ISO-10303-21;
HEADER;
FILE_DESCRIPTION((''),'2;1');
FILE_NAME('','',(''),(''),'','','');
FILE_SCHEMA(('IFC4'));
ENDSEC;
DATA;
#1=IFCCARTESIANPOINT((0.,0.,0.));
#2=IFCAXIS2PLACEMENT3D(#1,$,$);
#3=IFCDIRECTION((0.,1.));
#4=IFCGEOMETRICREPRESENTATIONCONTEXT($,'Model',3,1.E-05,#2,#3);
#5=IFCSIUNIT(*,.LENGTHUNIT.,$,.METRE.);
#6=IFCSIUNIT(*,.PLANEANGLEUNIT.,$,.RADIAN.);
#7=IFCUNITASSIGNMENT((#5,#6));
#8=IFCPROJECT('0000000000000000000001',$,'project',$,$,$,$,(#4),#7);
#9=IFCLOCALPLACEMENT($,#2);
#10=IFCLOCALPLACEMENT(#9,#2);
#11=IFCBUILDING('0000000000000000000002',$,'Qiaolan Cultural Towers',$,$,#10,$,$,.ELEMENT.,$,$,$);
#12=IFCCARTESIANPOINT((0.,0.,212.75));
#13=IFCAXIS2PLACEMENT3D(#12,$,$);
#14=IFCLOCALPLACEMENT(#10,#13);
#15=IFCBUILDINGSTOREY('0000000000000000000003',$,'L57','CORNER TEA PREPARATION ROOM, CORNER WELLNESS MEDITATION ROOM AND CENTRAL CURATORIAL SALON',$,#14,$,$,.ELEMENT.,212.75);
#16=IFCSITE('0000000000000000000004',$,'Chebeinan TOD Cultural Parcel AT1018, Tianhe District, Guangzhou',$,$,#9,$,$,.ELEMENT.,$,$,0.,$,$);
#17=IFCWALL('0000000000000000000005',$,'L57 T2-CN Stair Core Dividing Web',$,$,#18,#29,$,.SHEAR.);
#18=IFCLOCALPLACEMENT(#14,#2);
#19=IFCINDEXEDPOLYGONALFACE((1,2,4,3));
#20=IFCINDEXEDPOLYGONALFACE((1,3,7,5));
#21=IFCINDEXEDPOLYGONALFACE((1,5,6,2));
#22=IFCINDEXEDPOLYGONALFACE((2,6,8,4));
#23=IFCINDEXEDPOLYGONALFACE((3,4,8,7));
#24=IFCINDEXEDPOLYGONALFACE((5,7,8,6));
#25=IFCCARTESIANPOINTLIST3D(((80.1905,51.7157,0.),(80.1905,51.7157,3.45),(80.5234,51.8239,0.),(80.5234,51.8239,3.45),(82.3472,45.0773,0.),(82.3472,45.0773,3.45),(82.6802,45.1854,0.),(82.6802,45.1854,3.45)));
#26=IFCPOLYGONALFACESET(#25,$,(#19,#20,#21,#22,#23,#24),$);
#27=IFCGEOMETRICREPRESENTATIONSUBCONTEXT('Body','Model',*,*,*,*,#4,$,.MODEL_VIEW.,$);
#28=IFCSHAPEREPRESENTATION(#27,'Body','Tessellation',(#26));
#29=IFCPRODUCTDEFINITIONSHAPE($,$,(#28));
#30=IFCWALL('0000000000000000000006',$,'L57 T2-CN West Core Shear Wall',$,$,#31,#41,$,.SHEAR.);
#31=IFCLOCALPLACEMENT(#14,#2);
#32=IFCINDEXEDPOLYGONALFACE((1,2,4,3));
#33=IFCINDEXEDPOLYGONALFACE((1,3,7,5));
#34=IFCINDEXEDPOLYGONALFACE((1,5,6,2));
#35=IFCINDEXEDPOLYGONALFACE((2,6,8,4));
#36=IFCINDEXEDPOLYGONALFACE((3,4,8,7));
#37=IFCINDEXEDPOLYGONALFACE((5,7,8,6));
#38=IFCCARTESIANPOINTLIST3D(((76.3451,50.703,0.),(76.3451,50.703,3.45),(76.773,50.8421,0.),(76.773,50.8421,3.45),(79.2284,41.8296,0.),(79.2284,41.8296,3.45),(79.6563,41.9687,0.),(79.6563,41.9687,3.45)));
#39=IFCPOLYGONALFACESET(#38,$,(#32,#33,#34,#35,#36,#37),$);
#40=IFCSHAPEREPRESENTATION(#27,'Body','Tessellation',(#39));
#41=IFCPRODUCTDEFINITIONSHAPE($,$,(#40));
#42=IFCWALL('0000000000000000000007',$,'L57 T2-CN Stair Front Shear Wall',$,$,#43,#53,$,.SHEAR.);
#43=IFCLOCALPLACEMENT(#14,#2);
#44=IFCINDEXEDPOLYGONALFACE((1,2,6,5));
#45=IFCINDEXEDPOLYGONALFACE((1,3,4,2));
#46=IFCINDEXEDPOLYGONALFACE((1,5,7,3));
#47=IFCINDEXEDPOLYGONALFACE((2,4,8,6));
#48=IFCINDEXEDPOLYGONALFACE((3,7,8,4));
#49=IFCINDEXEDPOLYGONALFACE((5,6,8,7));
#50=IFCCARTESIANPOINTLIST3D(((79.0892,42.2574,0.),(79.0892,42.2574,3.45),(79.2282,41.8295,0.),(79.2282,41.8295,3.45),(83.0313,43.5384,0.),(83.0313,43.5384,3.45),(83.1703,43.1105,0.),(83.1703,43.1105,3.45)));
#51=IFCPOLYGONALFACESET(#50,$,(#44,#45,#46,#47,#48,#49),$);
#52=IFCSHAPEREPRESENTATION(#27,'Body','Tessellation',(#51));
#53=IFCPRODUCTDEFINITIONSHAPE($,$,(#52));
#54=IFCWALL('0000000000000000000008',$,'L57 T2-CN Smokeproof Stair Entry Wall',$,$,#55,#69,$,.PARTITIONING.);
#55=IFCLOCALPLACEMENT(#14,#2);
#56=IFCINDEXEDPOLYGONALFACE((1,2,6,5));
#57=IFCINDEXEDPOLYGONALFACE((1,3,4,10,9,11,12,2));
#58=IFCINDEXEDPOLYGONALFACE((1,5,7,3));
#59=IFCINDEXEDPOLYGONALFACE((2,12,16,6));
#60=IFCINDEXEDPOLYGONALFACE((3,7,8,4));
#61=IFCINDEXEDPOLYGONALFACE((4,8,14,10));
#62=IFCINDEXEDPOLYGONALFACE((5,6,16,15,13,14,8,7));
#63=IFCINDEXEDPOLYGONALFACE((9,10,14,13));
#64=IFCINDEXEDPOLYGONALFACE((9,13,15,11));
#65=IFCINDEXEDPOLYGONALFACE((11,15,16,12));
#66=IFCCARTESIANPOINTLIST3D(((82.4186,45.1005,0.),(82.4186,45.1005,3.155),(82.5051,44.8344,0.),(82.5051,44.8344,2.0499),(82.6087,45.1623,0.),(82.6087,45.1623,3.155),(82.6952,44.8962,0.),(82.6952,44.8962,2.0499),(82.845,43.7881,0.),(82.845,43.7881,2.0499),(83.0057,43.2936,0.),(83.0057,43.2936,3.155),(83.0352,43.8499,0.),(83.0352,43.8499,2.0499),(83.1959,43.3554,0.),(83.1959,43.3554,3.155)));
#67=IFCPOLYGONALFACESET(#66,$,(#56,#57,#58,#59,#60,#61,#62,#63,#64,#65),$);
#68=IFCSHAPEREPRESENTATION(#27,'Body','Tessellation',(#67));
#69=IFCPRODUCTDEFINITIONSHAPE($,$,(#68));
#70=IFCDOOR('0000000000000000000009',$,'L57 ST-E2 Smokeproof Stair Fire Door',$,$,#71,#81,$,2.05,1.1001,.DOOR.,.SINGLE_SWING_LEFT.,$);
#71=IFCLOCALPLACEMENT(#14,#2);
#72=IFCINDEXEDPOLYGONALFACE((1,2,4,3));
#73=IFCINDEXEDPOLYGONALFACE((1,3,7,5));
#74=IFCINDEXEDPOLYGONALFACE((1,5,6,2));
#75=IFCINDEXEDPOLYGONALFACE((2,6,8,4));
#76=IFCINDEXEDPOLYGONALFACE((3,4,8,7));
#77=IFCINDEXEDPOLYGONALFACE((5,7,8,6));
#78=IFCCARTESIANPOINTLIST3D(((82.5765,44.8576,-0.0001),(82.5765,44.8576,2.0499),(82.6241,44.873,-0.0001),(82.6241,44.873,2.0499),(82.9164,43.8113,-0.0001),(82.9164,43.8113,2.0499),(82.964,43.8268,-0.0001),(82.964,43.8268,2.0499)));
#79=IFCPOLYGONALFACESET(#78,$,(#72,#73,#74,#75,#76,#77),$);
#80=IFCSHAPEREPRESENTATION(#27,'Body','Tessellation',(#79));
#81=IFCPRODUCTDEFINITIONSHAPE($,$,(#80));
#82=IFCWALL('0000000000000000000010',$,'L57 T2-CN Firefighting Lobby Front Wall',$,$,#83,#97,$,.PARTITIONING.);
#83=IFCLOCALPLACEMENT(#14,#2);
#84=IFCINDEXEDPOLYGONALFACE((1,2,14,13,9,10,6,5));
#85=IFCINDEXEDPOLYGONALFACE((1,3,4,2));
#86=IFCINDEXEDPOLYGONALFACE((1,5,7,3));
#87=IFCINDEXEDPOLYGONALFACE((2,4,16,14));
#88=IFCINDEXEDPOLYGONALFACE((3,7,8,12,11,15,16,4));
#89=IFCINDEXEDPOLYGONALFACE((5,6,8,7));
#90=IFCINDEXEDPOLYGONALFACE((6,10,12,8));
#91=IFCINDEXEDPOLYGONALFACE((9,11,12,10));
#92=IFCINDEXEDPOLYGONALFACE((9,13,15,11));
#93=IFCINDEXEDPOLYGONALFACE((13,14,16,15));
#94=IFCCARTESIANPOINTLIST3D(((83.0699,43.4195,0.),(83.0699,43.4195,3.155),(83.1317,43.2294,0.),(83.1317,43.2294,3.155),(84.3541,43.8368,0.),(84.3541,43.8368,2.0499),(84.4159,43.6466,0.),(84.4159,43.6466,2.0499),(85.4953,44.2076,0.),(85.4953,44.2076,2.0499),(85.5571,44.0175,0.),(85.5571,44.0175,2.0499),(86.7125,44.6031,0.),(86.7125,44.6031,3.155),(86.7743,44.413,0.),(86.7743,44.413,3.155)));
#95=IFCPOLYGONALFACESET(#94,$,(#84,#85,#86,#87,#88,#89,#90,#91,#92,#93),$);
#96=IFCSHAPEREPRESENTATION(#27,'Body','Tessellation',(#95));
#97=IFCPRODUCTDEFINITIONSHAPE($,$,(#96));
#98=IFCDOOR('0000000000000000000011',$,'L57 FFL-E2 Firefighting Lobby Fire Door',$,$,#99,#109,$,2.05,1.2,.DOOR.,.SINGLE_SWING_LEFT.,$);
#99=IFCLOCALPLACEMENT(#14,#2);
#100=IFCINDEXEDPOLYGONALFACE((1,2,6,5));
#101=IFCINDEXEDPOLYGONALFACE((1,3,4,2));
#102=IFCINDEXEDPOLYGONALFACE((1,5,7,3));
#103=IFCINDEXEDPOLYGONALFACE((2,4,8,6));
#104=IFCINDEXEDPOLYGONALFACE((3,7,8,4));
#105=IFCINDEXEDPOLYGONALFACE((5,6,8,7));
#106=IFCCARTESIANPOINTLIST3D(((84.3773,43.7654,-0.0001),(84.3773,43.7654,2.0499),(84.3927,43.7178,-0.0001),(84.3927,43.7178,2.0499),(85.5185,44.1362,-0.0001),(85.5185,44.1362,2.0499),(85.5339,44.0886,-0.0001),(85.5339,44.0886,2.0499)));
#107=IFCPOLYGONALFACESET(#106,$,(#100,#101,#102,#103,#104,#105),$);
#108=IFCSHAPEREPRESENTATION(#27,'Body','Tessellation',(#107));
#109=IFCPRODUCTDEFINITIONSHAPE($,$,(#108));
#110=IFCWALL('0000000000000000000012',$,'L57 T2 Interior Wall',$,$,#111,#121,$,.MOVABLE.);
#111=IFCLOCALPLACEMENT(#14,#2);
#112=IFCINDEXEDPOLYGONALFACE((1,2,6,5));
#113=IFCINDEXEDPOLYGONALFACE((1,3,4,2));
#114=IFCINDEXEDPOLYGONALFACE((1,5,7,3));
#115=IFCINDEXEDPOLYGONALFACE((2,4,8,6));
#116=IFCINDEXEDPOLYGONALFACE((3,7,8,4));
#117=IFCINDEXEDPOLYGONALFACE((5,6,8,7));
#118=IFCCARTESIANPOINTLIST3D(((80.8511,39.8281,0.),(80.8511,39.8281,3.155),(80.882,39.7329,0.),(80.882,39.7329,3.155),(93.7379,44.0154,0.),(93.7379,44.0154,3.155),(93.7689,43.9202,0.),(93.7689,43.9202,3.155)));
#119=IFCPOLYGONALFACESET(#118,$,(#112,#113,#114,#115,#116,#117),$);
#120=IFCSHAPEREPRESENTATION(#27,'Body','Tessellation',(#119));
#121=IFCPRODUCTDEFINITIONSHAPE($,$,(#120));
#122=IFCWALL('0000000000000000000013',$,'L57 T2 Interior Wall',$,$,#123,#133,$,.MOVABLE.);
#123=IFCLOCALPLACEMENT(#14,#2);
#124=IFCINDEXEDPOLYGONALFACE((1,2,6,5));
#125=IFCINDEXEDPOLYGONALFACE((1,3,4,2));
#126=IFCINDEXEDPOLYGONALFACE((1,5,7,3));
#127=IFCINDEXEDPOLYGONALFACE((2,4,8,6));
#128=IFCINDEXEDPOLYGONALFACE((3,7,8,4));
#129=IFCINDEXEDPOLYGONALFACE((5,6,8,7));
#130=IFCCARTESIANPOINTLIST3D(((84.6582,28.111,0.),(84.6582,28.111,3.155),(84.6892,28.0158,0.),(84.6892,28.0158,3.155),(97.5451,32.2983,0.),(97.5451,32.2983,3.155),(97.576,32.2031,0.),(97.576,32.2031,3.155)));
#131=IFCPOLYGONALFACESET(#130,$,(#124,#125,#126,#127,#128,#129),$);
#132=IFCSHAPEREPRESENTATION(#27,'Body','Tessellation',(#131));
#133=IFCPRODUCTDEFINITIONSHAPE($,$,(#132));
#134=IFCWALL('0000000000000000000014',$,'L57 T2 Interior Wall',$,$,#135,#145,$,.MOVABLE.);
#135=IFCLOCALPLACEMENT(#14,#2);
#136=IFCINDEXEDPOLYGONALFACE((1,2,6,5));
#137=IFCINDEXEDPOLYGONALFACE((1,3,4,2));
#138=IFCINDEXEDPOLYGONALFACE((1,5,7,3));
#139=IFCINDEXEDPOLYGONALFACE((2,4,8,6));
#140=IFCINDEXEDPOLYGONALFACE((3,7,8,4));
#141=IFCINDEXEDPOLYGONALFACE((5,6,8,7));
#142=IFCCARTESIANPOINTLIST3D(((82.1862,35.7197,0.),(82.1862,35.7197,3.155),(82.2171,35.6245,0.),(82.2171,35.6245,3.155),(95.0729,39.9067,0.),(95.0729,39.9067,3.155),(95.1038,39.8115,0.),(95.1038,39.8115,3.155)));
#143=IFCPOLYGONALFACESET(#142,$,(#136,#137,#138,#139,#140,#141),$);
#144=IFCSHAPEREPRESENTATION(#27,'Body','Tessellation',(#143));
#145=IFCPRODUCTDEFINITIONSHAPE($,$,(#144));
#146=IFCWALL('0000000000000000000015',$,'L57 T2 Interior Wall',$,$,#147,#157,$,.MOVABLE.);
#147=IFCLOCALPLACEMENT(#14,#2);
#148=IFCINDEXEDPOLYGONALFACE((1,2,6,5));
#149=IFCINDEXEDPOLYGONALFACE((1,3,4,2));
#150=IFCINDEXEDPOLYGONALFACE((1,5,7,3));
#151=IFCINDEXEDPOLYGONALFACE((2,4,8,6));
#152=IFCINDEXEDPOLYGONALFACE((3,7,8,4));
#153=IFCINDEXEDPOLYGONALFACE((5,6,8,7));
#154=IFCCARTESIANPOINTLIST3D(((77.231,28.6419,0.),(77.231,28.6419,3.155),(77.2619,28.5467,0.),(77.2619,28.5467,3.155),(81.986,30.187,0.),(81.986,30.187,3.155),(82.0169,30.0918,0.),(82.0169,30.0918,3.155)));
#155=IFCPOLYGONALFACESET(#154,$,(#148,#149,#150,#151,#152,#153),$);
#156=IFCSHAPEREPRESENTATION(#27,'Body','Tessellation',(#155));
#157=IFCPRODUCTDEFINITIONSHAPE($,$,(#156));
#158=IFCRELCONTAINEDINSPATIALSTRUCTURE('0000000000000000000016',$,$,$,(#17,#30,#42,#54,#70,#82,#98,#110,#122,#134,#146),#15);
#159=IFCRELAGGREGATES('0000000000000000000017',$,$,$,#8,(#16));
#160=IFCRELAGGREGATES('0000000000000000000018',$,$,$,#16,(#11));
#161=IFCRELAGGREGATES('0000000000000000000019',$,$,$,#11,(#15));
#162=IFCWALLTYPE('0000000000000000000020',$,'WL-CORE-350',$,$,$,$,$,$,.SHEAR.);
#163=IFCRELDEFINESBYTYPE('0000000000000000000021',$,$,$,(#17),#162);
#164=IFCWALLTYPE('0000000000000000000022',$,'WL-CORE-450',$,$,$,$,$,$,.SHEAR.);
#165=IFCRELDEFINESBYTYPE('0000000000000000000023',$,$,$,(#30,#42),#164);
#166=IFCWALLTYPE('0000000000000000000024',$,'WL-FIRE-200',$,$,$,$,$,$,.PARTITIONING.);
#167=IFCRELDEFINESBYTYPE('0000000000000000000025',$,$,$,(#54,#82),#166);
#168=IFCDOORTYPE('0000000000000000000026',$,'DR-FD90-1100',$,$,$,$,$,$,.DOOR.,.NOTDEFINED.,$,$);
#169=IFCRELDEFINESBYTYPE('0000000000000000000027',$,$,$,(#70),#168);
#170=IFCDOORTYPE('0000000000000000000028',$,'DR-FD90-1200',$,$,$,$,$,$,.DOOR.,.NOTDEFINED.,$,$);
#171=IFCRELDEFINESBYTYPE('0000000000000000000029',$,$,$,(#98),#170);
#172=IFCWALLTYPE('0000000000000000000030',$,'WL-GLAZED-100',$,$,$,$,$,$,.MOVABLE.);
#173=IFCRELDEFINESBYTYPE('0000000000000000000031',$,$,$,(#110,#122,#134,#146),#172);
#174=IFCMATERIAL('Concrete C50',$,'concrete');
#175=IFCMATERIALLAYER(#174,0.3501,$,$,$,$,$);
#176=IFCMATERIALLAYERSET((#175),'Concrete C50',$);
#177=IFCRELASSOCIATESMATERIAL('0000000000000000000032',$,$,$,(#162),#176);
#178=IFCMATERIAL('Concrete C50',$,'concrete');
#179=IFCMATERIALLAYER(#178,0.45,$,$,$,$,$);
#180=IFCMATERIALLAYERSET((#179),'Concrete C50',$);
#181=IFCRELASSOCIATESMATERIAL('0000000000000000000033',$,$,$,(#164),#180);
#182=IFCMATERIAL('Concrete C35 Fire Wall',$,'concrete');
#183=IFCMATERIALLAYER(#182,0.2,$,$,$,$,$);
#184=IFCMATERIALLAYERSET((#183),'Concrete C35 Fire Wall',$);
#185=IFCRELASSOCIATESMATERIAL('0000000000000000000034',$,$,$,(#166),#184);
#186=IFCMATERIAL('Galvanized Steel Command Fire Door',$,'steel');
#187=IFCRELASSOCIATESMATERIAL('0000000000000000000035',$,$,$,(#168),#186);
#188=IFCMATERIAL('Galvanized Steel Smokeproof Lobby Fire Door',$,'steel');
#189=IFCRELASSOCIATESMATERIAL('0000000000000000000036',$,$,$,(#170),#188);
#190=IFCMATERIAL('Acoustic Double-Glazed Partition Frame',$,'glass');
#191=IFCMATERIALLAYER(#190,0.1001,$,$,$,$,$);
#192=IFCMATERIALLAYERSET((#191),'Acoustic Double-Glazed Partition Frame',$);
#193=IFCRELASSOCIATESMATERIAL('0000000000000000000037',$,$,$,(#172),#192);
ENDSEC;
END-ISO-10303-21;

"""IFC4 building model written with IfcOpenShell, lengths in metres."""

from ifc_helpers import new_model, si_unit, direction, frame, frame_2d, origin, place, context, subcontext, project, spatial, rectangle, extrude, material, layer, layer_set, type_object, element, fill, save


model = new_model("IFC4")

# Units and contexts
model_context = context("Model", 3, precision=1e-05, world=origin(), true_north=direction((0.0, 1.0)))
body_context = subcontext(model_context, "Body", "Model", "MODEL_VIEW")
ifc_project = project(units=[si_unit("LENGTHUNIT", "METRE"), si_unit("PLANEANGLEUNIT", "RADIAN")], contexts=[model_context])

# Site, building, storey
site_placement = place(None, origin())
site = spatial("IfcSite", under=ifc_project, at=site_placement, Name="Chebeinan TOD Cultural Parcel AT1018, Tianhe District, Guangzhou", CompositionType="ELEMENT", RefElevation=0.0)
building_placement = place(site_placement, origin())
building = spatial("IfcBuilding", under=site, at=building_placement, Name="Qiaolan Cultural Towers", CompositionType="ELEMENT")
storey_placement = place(building_placement, frame((0.0, 0.0, 212.75)))
storey = spatial("IfcBuildingStorey", under=building, at=storey_placement, Name="L57", Description="CORNER TEA PREPARATION ROOM, CORNER WELLNESS MEDITATION ROOM AND CENTRAL CURATORIAL SALON", CompositionType="ELEMENT", Elevation=212.75)

# Walls
ifc_material_1 = material(Name="Concrete C50", Category="concrete")
ifc_layer_1 = layer(ifc_material_1, 0.3501)
ifc_layer_set_1 = layer_set([ifc_layer_1], Name="Concrete C50")
wall_type_1 = type_object("IfcWallType", Name="WL-CORE-350", PredefinedType="SHEAR", material=ifc_layer_set_1)
wall_1_placement = place(storey_placement, frame((82.5137, 45.1313, 0.0), z_axis=(0.0, 0.0, 1.0), x_axis=(-0.308989, 0.951066, 0.0)))
element("IfcWall", 1, at=wall_1_placement, inside=storey, type_object=wall_type_1, Name="L57 T2-CN Stair Core Dividing Web", PredefinedType="SHEAR", context=body_context, shape_type="SweptSolid", body=[
    extrude(rectangle(XDim=6.98, YDim=0.3501, at=frame_2d((3.49, 0.0))), origin(), (0.0, 0.0, 1.0), 3.45),
])
ifc_material_2 = material(Name="Concrete C50", Category="concrete")
ifc_layer_2 = layer(ifc_material_2, 0.45)
ifc_layer_set_2 = layer_set([ifc_layer_2], Name="Concrete C50")
wall_type_2 = type_object("IfcWallType", Name="WL-CORE-450", PredefinedType="SHEAR", material=ifc_layer_set_2)
wall_2_placement = place(storey_placement, frame((79.4424, 41.8992, 0.0), z_axis=(0.0, 0.0, 1.0), x_axis=(-0.309036, 0.95105, 0.0)))
element("IfcWall", 2, at=wall_2_placement, inside=storey, type_object=wall_type_2, Name="L57 T2-CN West Core Shear Wall", PredefinedType="SHEAR", context=body_context, shape_type="SweptSolid", body=[
    extrude(rectangle(XDim=9.3301, YDim=0.45, at=frame_2d((4.665, 0.0))), origin(), (0.0, 0.0, 1.0), 3.45),
])
wall_3_placement = place(storey_placement, frame((79.1587, 42.0435, 0.0), z_axis=(0.0, 0.0, 1.0), x_axis=(0.951047, 0.309045, 0.0)))
element("IfcWall", 3, at=wall_3_placement, inside=storey, type_object=wall_type_2, Name="L57 T2-CN Stair Front Shear Wall", PredefinedType="SHEAR", context=body_context, shape_type="SweptSolid", body=[
    extrude(rectangle(XDim=4.145, YDim=0.45, at=frame_2d((2.0725, 0.0))), origin(), (0.0, 0.0, 1.0), 3.45),
])

# Walls, openings, doors
ifc_material_3 = material(Name="Concrete C35 Fire Wall", Category="concrete")
ifc_layer_3 = layer(ifc_material_3, 0.2)
ifc_layer_set_3 = layer_set([ifc_layer_3], Name="Concrete C35 Fire Wall")
wall_type_3 = type_object("IfcWallType", Name="WL-FIRE-200", PredefinedType="PARTITIONING", material=ifc_layer_set_3)
wall_4_placement = place(storey_placement, frame((83.1008, 43.3245, 0.0), z_axis=(0.0, 0.0, 1.0), x_axis=(-0.309048, 0.951046, 0.0)))
wall_4 = element("IfcWall", 4, at=wall_4_placement, inside=storey, type_object=wall_type_3, Name="L57 T2-CN Smokeproof Stair Entry Wall", PredefinedType="PARTITIONING", context=body_context, shape_type="SweptSolid", body=[
    extrude(rectangle(XDim=1.8999, YDim=0.2, at=frame_2d((0.95, 0.0))), origin(), (0.0, 0.0, 1.0), 3.155),
])
opening_1_placement = place(wall_4_placement, frame((0.52, 0.0, 0.0)))
opening_1 = element("IfcOpeningElement", 5, at=opening_1_placement, cuts=wall_4, PredefinedType="OPENING", context=body_context, shape_type="SweptSolid", body=[
    extrude(rectangle(XDim=1.1001, YDim=2.05, at=frame_2d((0.55, 1.0249))), frame((0.0, 0.1099, 0.0), z_axis=(0.0, -1.0, 0.0), x_axis=(1.0, 0.0, 0.0)), (0.0, 0.0, 1.0), 0.22),
])
ifc_material_4 = material(Name="Galvanized Steel Command Fire Door", Category="steel")
door_type_1 = type_object("IfcDoorType", Name="DR-FD90-1100", OperationType="NOTDEFINED", PredefinedType="DOOR", material=ifc_material_4)
door_1_placement = place(opening_1_placement, origin())
door_1 = element("IfcDoor", 6, at=door_1_placement, inside=storey, type_object=door_type_1, Name="L57 ST-E2 Smokeproof Stair Fire Door", OperationType="SINGLE_SWING_LEFT", OverallHeight=2.05, OverallWidth=1.1001, PredefinedType="DOOR", context=body_context, shape_type="SweptSolid", body=[
    extrude(rectangle(XDim=1.1001, YDim=2.05, at=frame_2d((0.55, 1.0249))), frame((0.0, 0.0249, 0.0), z_axis=(0.0, -1.0, 0.0), x_axis=(1.0, 0.0, 0.0)), (0.0, 0.0, 1.0), 0.05),
])
fill(opening_1, door_1)
wall_5_placement = place(storey_placement, frame((83.1008, 43.3245, 0.0), z_axis=(0.0, 0.0, 1.0), x_axis=(0.951053, 0.309028, 0.0)))
wall_5 = element("IfcWall", 7, at=wall_5_placement, inside=storey, type_object=wall_type_3, Name="L57 T2-CN Firefighting Lobby Front Wall", PredefinedType="PARTITIONING", context=body_context, shape_type="SweptSolid", body=[
    extrude(rectangle(XDim=3.8301, YDim=0.2, at=frame_2d((1.915, 0.0))), origin(), (0.0, 0.0, 1.0), 3.155),
])
opening_2_placement = place(wall_5_placement, frame((1.3501, 0.0, 0.0)))
opening_2 = element("IfcOpeningElement", 8, at=opening_2_placement, cuts=wall_5, PredefinedType="OPENING", context=body_context, shape_type="SweptSolid", body=[
    extrude(rectangle(XDim=1.2, YDim=2.05, at=frame_2d((0.6001, 1.0249))), frame((0.0, 0.1099, 0.0), z_axis=(0.0, -1.0, 0.0), x_axis=(1.0, 0.0, 0.0)), (0.0, 0.0, 1.0), 0.22),
])
ifc_material_5 = material(Name="Galvanized Steel Smokeproof Lobby Fire Door", Category="steel")
door_type_2 = type_object("IfcDoorType", Name="DR-FD90-1200", OperationType="NOTDEFINED", PredefinedType="DOOR", material=ifc_material_5)
door_2_placement = place(opening_2_placement, origin())
door_2 = element("IfcDoor", 9, at=door_2_placement, inside=storey, type_object=door_type_2, Name="L57 FFL-E2 Firefighting Lobby Fire Door", OperationType="SINGLE_SWING_LEFT", OverallHeight=2.05, OverallWidth=1.2, PredefinedType="DOOR", context=body_context, shape_type="SweptSolid", body=[
    extrude(rectangle(XDim=1.2, YDim=2.05, at=frame_2d((0.6001, 1.0249))), frame((0.0, 0.0249, 0.0), z_axis=(0.0, -1.0, 0.0), x_axis=(1.0, 0.0, 0.0)), (0.0, 0.0, 1.0), 0.05),
])
fill(opening_2, door_2)

# Walls
ifc_material_6 = material(Name="Acoustic Double-Glazed Partition Frame", Category="glass")
ifc_layer_4 = layer(ifc_material_6, 0.1001)
ifc_layer_set_4 = layer_set([ifc_layer_4], Name="Acoustic Double-Glazed Partition Frame")
wall_type_4 = type_object("IfcWallType", Name="WL-GLAZED-100", PredefinedType="MOVABLE", material=ifc_layer_set_4)
for number, where, z_axis, x_axis, name in (
    (10, (80.8667, 39.7805, 0.0), (0.0, 0.0, 1.0), (0.951054, 0.309024, 0.0), "L57 T2 Interior Wall"),
    (11, (84.6738, 28.0635, 0.0), (0.0, 0.0, 1.0), (0.951054, 0.309024, 0.0), "L57 T2 Interior Wall"),
):
    element("IfcWall", number, at=place(storey_placement, frame(where, z_axis=z_axis, x_axis=x_axis)), inside=storey, type_object=wall_type_4, Name=name, PredefinedType="MOVABLE", context=body_context, shape_type="SweptSolid", body=[
        extrude(rectangle(XDim=13.55, YDim=0.1001, at=frame_2d((6.7749, 0.0))), origin(), (0.0, 0.0, 1.0), 3.155),
    ])
wall_6_placement = place(storey_placement, frame((82.2017, 35.6721, 0.0), z_axis=(0.0, 0.0, 1.0), x_axis=(0.951059, 0.309008, 0.0)))
element("IfcWall", 12, at=wall_6_placement, inside=storey, type_object=wall_type_4, Name="L57 T2 Interior Wall", PredefinedType="MOVABLE", context=body_context, shape_type="SweptSolid", body=[
    extrude(rectangle(XDim=13.5498, YDim=0.1001, at=frame_2d((6.7749, 0.0))), origin(), (0.0, 0.0, 1.0), 3.155),
])
wall_7_placement = place(storey_placement, frame((77.2463, 28.5942, 0.0), z_axis=(0.0, 0.0, 1.0), x_axis=(0.951049, 0.309041, 0.0)))
element("IfcWall", 13, at=wall_7_placement, inside=storey, type_object=wall_type_4, Name="L57 T2 Interior Wall", PredefinedType="MOVABLE", context=body_context, shape_type="SweptSolid", body=[
    extrude(rectangle(XDim=4.9998, YDim=0.1001, at=frame_2d((2.5, 0.0))), origin(), (0.0, 0.0, 1.0), 3.155),
])

save(model, "model.ifc")
